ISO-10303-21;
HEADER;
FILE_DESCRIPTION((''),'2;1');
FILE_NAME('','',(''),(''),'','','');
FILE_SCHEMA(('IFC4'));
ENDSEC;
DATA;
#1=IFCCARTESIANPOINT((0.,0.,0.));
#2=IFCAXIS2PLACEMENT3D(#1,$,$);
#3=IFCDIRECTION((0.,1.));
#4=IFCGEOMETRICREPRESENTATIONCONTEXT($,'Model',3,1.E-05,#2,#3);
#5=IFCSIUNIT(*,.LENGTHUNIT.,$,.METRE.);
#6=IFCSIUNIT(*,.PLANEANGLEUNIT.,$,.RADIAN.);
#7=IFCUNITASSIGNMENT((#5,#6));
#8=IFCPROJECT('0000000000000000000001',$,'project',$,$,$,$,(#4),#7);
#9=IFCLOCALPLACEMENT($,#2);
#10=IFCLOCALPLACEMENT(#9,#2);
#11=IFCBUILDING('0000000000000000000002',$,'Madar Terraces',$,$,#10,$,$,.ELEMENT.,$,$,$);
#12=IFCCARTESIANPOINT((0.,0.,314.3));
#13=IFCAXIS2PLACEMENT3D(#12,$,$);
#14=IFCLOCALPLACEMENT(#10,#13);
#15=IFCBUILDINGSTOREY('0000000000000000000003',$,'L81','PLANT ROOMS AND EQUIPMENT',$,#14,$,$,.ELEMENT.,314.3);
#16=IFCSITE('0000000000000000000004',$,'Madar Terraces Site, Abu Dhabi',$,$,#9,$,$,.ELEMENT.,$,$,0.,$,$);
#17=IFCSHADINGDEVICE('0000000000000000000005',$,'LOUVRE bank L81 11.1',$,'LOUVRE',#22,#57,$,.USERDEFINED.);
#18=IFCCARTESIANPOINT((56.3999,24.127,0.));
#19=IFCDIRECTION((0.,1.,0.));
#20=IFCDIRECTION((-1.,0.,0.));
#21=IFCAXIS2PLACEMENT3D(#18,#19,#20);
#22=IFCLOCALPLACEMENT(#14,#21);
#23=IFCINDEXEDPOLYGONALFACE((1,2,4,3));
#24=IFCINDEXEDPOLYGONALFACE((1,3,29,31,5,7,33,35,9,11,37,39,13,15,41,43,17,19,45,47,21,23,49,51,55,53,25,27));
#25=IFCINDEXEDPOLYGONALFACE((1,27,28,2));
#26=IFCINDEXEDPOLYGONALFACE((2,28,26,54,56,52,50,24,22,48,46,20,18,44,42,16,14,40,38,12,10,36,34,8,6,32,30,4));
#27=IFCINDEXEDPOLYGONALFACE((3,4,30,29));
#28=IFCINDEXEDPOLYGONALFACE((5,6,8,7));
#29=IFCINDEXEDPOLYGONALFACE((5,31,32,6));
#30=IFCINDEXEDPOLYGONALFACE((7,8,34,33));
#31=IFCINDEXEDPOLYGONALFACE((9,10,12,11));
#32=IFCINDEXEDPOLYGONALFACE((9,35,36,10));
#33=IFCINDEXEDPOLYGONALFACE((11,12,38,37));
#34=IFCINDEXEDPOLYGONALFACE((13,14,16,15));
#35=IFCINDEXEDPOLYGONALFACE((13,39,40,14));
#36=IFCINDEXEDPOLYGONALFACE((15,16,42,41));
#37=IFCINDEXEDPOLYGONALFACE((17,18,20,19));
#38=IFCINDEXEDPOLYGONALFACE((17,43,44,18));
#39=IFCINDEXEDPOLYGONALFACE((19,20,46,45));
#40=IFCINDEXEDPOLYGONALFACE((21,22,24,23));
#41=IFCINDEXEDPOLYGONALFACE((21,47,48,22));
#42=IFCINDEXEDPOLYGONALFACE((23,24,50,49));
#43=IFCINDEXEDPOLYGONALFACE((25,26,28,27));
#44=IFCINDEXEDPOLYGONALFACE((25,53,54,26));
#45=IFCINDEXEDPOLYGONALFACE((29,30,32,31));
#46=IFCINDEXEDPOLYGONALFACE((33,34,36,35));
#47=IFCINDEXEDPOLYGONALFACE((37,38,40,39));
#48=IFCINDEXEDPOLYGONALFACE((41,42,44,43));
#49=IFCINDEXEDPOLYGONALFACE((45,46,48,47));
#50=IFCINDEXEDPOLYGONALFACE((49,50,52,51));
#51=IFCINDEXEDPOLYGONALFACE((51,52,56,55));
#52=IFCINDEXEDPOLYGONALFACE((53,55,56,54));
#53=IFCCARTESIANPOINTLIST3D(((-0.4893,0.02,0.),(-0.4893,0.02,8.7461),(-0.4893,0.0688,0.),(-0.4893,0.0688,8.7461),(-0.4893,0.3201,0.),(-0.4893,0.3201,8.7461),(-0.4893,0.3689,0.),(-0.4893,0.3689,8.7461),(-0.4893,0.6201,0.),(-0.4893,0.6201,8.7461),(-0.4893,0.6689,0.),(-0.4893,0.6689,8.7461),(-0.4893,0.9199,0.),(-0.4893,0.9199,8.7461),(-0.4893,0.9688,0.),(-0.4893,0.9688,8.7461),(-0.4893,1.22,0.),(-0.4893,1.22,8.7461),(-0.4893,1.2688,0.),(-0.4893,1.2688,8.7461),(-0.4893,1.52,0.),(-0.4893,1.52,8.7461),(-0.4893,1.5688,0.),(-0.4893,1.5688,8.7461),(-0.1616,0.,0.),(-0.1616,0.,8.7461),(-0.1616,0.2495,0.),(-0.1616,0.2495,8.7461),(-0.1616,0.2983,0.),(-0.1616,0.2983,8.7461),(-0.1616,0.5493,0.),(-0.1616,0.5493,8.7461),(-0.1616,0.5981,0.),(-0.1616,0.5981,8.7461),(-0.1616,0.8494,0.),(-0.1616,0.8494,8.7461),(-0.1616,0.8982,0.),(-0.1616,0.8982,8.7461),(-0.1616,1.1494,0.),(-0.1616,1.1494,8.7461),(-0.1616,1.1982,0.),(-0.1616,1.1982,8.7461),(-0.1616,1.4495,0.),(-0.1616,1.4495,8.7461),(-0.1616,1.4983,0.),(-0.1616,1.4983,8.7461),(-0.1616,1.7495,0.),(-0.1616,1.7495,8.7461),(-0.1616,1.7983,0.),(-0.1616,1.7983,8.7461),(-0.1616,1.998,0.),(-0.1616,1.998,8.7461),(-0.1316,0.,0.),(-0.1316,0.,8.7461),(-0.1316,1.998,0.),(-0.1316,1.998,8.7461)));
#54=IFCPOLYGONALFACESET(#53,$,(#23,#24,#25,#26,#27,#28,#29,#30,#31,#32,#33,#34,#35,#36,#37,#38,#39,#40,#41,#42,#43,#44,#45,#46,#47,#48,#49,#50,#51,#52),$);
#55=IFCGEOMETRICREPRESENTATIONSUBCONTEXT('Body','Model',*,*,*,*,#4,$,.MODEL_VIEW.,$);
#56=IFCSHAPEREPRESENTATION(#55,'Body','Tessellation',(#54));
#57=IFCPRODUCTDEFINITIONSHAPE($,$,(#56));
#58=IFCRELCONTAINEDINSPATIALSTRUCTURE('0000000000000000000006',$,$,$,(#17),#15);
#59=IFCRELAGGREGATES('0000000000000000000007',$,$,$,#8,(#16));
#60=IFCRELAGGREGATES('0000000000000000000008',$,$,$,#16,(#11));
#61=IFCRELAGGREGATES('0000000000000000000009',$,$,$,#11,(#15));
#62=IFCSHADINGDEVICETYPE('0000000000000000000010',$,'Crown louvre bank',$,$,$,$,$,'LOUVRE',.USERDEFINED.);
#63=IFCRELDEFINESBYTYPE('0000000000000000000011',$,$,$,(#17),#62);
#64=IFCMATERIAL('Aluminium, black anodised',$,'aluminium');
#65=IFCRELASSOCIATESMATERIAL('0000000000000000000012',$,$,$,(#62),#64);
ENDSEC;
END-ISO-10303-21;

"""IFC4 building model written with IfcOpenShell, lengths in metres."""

from ifc_helpers import new_model, si_unit, direction, frame, origin, place, context, subcontext, project, spatial, polyline, outline, extrude, material, type_object, element, save


model = new_model("IFC4")

# Units and contexts
model_context = context("Model", 3, precision=1e-05, world=origin(), true_north=direction((0.0, 1.0)))
body_context = subcontext(model_context, "Body", "Model", "MODEL_VIEW")
ifc_project = project(units=[si_unit("LENGTHUNIT", "METRE"), si_unit("PLANEANGLEUNIT", "RADIAN")], contexts=[model_context])

# Site, building, storey
site_placement = place(None, origin())
site = spatial("IfcSite", under=ifc_project, at=site_placement, Name="Madar Terraces Site, Abu Dhabi", CompositionType="ELEMENT", RefElevation=0.0)
building_placement = place(site_placement, origin())
building = spatial("IfcBuilding", under=site, at=building_placement, Name="Madar Terraces", CompositionType="ELEMENT")
storey_placement = place(building_placement, frame((0.0, 0.0, 314.3)))
storey = spatial("IfcBuildingStorey", under=building, at=storey_placement, Name="L81", Description="PLANT ROOMS AND EQUIPMENT", CompositionType="ELEMENT", Elevation=314.3)

# Shading device
ifc_material_1 = material(Name="Aluminium, black anodised", Category="aluminium")
shading_device_type = type_object("IfcShadingDeviceType", Name="Crown louvre bank", ElementType="LOUVRE", PredefinedType="USERDEFINED", material=ifc_material_1)
shading_device_1_placement = place(storey_placement, frame((56.3999, 24.127, 0.0), z_axis=(0.0, 1.0, 0.0), x_axis=(-1.0, 0.0, 0.0)))
element("IfcShadingDevice", 1, at=shading_device_1_placement, inside=storey, type_object=shading_device_type, Name="LOUVRE bank L81 11.1", ObjectType="LOUVRE", PredefinedType="USERDEFINED", context=body_context, shape_type="SweptSolid", body=[
    extrude(outline(polyline([(-0.1316, 0.0), (-0.1616, 0.0), (-0.1616, 0.2495), (-0.4893, 0.02), (-0.4893, 0.0688), (-0.1616, 0.2983), (-0.1616, 0.5493), (-0.4893, 0.3201), (-0.4893, 0.3689), (-0.1616, 0.5981), (-0.1616, 0.8494), (-0.4893, 0.6201), (-0.4893, 0.6689), (-0.1616, 0.8982), (-0.1616, 1.1494), (-0.4893, 0.9199), (-0.4893, 0.9688), (-0.1616, 1.1982), (-0.1616, 1.4495), (-0.4893, 1.22), (-0.4893, 1.2688), (-0.1616, 1.4983), (-0.1616, 1.7495), (-0.4893, 1.52), (-0.4893, 1.5688), (-0.1616, 1.7983), (-0.1616, 1.998), (-0.1316, 1.998), (-0.1316, 0.0)])), origin(), (0.0, 0.0, 1.0), 8.7461),
])

save(model, "model.ifc")
